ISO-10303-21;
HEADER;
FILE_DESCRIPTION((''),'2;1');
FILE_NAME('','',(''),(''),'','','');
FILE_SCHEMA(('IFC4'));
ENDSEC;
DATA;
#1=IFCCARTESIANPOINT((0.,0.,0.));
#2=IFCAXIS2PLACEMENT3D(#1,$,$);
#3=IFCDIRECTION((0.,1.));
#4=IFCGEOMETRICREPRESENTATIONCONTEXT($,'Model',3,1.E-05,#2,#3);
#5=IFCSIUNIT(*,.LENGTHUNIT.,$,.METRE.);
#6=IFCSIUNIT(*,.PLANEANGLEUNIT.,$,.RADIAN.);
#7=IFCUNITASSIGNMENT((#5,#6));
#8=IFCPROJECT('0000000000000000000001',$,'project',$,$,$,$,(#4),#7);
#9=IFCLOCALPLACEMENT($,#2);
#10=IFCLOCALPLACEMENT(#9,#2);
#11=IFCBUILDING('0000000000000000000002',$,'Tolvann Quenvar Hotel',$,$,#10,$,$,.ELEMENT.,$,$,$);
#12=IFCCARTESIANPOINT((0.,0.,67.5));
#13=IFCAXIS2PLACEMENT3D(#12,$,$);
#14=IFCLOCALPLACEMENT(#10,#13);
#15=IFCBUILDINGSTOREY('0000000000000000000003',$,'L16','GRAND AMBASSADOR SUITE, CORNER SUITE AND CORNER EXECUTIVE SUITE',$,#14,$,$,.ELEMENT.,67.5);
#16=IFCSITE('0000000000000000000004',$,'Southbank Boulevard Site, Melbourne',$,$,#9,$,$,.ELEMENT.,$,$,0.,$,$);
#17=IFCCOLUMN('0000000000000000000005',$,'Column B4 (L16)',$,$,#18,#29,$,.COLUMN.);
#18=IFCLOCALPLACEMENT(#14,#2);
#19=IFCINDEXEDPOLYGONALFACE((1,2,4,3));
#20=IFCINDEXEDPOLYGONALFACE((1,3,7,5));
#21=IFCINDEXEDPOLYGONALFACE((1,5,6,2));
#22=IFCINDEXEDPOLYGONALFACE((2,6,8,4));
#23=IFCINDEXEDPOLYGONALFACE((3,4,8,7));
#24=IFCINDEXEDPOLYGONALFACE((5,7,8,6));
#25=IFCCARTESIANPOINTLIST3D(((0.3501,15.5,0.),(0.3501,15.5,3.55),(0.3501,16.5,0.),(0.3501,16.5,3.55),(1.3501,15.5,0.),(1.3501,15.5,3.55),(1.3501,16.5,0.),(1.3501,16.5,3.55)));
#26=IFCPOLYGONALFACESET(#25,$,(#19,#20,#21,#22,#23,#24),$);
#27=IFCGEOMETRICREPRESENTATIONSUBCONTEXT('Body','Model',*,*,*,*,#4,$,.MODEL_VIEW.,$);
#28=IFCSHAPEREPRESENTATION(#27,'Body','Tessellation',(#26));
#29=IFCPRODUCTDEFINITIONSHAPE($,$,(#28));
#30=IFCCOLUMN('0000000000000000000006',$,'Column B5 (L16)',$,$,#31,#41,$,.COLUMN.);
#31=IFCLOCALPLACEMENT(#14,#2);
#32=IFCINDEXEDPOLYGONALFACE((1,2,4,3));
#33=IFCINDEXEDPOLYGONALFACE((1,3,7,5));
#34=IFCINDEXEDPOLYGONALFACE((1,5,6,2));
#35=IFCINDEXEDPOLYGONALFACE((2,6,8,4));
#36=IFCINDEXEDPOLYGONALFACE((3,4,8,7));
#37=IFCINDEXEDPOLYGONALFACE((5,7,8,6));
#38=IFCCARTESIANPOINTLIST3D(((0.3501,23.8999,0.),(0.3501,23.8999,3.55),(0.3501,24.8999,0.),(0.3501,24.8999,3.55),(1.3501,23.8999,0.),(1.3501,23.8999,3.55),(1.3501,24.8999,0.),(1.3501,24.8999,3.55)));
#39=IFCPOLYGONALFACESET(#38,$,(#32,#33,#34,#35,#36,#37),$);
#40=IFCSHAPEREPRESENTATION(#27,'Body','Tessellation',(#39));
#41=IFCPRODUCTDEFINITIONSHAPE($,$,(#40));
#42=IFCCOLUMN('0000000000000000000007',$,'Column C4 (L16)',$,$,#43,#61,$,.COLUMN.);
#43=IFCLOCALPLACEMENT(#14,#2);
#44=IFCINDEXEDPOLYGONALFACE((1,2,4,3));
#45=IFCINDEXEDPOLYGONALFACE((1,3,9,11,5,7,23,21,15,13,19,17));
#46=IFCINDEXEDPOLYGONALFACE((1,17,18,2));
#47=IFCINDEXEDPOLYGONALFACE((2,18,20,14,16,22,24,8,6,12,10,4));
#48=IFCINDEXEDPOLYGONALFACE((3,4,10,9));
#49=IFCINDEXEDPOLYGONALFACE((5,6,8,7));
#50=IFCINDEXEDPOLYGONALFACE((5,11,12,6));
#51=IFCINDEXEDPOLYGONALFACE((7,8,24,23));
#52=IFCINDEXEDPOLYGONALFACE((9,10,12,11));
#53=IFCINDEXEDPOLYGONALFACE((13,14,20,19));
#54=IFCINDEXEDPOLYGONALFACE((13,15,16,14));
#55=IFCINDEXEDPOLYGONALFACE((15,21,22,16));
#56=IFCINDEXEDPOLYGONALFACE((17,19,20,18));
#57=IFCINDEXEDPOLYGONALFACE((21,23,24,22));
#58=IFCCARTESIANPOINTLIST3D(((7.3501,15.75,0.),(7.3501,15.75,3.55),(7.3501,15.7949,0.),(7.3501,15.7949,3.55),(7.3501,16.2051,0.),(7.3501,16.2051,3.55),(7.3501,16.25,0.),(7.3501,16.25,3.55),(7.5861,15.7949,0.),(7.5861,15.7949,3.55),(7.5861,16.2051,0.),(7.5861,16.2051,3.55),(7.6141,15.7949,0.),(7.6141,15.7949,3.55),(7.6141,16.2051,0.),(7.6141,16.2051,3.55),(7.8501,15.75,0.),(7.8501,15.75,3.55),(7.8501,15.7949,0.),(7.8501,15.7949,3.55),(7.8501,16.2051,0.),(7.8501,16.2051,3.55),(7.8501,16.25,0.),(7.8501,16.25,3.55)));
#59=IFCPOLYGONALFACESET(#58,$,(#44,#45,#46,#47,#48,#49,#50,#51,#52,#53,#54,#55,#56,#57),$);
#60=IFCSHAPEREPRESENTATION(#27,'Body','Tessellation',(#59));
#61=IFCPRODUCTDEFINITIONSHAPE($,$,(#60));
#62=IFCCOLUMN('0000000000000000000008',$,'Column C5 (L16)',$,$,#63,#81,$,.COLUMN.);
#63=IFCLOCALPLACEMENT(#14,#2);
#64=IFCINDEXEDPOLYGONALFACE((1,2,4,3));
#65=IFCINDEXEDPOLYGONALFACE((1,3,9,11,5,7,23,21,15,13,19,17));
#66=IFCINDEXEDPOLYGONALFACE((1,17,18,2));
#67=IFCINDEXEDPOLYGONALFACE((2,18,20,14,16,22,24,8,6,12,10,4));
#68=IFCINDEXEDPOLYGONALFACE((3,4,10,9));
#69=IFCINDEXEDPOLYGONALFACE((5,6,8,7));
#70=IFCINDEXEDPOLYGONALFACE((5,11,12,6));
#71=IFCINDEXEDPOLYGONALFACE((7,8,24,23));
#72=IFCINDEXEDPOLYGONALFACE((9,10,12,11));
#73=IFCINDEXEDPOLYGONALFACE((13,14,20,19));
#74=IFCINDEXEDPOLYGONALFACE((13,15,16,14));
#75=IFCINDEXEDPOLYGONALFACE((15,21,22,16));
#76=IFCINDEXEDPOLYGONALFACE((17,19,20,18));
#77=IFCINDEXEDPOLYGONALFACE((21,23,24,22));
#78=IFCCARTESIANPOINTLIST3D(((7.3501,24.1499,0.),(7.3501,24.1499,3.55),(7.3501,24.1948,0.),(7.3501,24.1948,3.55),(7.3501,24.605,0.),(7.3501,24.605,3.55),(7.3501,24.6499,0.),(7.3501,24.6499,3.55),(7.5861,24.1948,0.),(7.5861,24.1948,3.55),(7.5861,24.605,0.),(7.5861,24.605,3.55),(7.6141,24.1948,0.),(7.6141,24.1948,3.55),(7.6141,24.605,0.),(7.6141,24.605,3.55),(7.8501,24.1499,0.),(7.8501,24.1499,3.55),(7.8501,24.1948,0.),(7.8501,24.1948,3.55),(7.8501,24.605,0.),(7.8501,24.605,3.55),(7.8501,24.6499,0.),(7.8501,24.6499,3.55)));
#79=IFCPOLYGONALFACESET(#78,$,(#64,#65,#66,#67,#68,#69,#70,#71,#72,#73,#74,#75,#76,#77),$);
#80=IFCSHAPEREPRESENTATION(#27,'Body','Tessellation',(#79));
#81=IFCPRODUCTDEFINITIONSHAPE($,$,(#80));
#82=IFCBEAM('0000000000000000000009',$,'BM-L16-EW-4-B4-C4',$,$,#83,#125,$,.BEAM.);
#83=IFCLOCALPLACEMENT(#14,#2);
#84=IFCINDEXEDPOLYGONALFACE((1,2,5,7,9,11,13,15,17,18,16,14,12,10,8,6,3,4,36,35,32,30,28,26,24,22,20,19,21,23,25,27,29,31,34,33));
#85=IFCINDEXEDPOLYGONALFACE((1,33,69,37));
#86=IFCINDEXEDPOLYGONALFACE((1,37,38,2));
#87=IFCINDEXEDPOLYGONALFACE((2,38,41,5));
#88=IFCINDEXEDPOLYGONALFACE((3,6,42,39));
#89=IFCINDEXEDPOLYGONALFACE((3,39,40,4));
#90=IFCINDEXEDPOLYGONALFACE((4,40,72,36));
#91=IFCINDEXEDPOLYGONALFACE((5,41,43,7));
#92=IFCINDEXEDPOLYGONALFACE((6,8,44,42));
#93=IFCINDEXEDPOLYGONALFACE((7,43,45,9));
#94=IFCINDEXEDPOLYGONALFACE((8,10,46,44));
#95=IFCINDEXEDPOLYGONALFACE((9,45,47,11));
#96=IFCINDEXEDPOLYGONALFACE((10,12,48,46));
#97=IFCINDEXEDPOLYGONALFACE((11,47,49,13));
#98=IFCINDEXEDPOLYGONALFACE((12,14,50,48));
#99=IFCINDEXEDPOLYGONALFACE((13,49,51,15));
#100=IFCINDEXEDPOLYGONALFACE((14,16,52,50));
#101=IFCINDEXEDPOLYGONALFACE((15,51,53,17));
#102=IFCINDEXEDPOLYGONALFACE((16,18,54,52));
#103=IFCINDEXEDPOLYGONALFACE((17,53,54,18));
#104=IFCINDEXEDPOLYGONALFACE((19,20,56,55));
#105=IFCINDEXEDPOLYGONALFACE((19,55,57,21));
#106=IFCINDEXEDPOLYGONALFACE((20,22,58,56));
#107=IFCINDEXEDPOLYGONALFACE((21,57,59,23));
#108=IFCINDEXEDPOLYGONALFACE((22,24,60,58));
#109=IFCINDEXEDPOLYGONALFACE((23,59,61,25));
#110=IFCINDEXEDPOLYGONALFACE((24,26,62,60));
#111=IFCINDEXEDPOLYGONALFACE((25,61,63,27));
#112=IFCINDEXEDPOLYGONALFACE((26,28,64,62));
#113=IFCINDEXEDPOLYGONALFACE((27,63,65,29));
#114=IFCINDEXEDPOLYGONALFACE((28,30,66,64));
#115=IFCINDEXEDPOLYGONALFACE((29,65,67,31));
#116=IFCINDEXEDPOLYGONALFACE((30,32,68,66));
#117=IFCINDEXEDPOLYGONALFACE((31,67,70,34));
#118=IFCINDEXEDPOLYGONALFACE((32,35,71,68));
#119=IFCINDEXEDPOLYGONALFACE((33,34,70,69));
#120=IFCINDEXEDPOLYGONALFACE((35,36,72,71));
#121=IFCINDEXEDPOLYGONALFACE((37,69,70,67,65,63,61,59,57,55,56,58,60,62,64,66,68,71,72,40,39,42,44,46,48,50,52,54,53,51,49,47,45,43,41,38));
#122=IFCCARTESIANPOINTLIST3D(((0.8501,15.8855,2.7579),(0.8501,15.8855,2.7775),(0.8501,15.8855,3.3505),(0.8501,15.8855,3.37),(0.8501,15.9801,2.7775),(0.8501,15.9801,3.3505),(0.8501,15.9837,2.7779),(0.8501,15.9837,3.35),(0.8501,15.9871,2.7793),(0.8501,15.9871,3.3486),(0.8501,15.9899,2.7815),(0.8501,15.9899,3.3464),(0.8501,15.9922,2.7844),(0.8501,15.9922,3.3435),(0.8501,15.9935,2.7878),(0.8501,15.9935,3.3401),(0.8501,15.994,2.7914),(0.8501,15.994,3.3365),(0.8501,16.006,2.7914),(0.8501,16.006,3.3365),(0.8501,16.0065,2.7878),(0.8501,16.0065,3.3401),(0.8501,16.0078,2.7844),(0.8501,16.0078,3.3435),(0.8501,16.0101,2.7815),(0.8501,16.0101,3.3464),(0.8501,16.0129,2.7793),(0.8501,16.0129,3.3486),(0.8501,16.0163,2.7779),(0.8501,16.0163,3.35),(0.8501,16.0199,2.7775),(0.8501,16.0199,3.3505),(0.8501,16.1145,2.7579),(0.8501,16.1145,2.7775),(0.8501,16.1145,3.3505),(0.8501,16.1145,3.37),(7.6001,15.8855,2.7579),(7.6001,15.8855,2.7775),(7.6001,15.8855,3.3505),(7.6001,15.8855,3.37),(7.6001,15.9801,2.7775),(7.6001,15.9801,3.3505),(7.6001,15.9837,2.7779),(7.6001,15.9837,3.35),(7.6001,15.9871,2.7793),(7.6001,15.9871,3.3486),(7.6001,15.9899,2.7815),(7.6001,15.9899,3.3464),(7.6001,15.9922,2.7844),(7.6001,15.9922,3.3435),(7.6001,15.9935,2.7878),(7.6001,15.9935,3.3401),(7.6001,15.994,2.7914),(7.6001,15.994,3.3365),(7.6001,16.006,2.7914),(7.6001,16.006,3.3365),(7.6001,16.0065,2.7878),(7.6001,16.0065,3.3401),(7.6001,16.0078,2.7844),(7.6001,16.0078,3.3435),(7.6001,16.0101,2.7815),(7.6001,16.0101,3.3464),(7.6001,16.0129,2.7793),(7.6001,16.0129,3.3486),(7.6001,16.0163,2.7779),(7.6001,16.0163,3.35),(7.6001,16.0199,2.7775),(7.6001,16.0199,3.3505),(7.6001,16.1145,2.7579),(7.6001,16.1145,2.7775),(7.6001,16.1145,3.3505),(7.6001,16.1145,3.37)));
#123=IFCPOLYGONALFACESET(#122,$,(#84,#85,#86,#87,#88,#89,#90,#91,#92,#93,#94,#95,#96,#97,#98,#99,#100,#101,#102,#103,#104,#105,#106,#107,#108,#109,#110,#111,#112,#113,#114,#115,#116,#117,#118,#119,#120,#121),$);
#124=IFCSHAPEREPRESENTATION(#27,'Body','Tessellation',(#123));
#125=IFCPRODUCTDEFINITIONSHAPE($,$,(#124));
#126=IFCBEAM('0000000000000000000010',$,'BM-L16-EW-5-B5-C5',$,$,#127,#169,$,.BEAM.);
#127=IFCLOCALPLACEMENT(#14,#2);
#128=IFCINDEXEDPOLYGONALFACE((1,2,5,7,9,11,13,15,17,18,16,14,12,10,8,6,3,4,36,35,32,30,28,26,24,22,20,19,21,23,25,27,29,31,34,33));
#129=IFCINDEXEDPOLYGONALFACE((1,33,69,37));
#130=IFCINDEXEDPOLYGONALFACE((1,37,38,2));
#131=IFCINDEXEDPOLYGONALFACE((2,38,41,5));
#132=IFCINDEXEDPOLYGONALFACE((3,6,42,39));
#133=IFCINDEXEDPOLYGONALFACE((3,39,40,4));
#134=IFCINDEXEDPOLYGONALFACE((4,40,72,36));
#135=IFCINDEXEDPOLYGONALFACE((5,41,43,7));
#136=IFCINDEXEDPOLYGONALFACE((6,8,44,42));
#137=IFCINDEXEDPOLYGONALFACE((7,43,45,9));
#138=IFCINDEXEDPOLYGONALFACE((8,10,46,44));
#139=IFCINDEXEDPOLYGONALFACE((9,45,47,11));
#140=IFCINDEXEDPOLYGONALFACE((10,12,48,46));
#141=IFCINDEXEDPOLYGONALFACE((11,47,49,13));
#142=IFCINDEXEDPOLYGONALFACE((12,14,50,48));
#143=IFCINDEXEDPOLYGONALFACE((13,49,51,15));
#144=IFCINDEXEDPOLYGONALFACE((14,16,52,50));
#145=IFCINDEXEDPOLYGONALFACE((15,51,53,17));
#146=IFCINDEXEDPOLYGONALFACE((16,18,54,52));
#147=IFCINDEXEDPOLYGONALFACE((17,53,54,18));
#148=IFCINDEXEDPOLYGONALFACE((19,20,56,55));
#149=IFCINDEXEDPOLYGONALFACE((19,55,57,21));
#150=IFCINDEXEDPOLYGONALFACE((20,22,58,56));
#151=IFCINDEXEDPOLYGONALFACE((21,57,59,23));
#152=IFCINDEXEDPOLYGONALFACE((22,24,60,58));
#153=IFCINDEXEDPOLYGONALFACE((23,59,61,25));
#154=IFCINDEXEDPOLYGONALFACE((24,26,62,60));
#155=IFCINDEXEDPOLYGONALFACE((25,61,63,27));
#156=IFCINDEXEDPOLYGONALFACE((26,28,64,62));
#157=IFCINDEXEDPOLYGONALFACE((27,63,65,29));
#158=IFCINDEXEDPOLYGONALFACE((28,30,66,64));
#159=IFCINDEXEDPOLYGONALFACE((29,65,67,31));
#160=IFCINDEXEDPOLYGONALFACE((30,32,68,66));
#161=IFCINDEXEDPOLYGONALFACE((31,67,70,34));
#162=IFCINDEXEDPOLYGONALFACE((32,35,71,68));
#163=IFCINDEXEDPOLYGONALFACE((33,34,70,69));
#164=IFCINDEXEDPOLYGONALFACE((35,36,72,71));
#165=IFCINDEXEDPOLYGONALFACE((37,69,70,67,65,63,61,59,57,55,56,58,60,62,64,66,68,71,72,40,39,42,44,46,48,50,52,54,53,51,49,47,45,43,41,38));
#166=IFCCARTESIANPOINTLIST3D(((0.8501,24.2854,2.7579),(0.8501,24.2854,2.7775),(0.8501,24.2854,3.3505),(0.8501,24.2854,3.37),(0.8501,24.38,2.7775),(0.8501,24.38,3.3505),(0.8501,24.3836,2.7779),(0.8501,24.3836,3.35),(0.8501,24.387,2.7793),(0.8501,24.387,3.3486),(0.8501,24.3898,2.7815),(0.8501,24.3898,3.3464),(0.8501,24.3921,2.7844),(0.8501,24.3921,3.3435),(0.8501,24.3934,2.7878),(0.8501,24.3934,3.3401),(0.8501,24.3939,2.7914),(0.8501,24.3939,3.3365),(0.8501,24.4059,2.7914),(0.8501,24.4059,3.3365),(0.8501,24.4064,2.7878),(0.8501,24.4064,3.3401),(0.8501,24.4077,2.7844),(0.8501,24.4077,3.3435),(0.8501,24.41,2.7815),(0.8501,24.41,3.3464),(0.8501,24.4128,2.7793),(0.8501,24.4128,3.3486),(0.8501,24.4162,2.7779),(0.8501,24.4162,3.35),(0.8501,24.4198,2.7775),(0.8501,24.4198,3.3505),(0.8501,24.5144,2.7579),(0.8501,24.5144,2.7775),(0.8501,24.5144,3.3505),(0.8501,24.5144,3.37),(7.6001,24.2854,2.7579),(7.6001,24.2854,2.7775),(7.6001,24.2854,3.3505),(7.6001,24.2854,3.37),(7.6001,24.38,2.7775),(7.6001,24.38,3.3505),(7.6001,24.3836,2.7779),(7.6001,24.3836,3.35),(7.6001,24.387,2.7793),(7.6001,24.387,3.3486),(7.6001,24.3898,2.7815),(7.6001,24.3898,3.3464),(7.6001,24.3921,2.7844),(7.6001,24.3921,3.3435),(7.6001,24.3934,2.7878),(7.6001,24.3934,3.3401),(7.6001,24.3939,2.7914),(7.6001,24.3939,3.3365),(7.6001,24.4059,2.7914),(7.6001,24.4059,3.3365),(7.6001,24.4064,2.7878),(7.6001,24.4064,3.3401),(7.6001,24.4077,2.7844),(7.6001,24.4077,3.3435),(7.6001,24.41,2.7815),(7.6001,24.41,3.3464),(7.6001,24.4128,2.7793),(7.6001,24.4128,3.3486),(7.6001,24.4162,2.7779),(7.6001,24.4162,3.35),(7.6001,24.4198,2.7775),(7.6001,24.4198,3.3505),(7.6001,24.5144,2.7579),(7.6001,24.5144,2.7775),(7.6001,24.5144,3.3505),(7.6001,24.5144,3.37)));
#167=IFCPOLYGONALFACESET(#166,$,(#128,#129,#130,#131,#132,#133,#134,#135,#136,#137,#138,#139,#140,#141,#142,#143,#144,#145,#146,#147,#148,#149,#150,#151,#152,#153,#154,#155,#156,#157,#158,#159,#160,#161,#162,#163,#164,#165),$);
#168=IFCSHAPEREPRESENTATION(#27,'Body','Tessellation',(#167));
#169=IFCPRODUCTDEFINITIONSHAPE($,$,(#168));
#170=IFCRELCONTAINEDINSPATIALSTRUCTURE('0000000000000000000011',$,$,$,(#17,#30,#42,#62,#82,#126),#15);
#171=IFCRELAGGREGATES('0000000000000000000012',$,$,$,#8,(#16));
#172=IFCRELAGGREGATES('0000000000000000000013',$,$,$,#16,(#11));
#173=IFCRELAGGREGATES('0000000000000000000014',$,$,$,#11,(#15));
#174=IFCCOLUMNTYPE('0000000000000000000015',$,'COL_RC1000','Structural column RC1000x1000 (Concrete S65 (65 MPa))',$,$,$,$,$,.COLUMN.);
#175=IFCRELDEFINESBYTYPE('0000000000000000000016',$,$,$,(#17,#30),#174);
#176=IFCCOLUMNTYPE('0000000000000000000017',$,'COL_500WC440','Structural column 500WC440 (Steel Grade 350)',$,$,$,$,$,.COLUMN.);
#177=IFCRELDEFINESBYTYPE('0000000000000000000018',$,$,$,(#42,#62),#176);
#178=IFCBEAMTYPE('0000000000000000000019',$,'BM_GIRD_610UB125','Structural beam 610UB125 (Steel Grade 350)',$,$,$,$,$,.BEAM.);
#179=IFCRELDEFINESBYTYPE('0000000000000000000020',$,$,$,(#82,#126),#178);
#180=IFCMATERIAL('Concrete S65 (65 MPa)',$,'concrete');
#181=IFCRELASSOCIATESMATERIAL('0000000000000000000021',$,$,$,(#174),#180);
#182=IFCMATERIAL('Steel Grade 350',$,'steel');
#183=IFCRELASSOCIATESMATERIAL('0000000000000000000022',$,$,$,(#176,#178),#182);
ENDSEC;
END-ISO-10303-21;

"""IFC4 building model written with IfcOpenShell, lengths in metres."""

from ifc_helpers import new_model, si_unit, direction, frame, origin, origin_2d, place, context, subcontext, project, spatial, rectangle, i_section, extrude, source, transform, mapped, material, material_profile, profile_set, type_object, type_shapes, element, save


model = new_model("IFC4")

# Units and contexts
model_context = context("Model", 3, precision=1e-05, world=origin(), true_north=direction((0.0, 1.0)))
body_context = subcontext(model_context, "Body", "Model", "MODEL_VIEW")
ifc_project = project(units=[si_unit("LENGTHUNIT", "METRE"), si_unit("PLANEANGLEUNIT", "RADIAN")], contexts=[model_context])

# Site, building, storey
site_placement = place(None, origin())
site = spatial("IfcSite", under=ifc_project, at=site_placement, Name="Southbank Boulevard Site, Melbourne", CompositionType="ELEMENT", RefElevation=0.0)
building_placement = place(site_placement, origin())
building = spatial("IfcBuilding", under=site, at=building_placement, Name="Tolvann Quenvar Hotel", CompositionType="ELEMENT")
storey_placement = place(building_placement, frame((0.0, 0.0, 67.5)))
storey = spatial("IfcBuildingStorey", under=building, at=storey_placement, Name="L16", Description="GRAND AMBASSADOR SUITE, CORNER SUITE AND CORNER EXECUTIVE SUITE", CompositionType="ELEMENT", Elevation=67.5)

# Columns
ifc_material_1 = material(Name="Concrete S65 (65 MPa)", Category="concrete")
ifc_material_profile_1 = material_profile(ifc_material_1, rectangle(XDim=1.0, YDim=1.0, at=origin_2d()), Name="RC1000x1000")
ifc_profile_set_1 = profile_set([ifc_material_profile_1], Name="Concrete S65 (65 MPa)")
column_type_1 = type_object("IfcColumnType", Name="COL_RC1000", Description="Structural column RC1000x1000 (Concrete S65 (65 MPa))", PredefinedType="COLUMN", material=ifc_profile_set_1)
shared_shape_1 = source(origin(), body_context, "Body", "SweptSolid", [
    extrude(rectangle(XDim=1.0, YDim=1.0, at=origin_2d()), origin(), (0.0, 0.0, 1.0), 3.55),
])
type_shapes(column_type_1, [shared_shape_1])
for number, where, z_axis, x_axis, name in (
    (1, (0.8501, 16.0, 0.0), (0.0, 0.0, 1.0), (1.0, 0.0, 0.0), "Column B4 (L16)"),
    (2, (0.8501, 24.3999, 0.0), (0.0, 0.0, 1.0), (1.0, 0.0, 0.0), "Column B5 (L16)"),
):
    element("IfcColumn", number, at=place(storey_placement, frame(where, z_axis=z_axis, x_axis=x_axis)), inside=storey, type_object=column_type_1, Name=name, PredefinedType="COLUMN", context=body_context, shape_type="MappedRepresentation", body=[
        mapped(shared_shape_1, transform((0.0, 0.0, 0.0), x_axis=(1.0, 0.0, 0.0), y_axis=(0.0, 1.0, 0.0), z_axis=(0.0, 0.0, 1.0), scale=1.0)),
    ])
ifc_material_2 = material(Name="Steel Grade 350", Category="steel")
ifc_material_profile_2 = material_profile(ifc_material_2, i_section(OverallWidth=0.5, OverallDepth=0.5, WebThickness=0.0281, FlangeThickness=0.0449, at=origin_2d()), Name="500WC440")
ifc_profile_set_2 = profile_set([ifc_material_profile_2], Name="Steel Grade 350")
column_type_2 = type_object("IfcColumnType", Name="COL_500WC440", Description="Structural column 500WC440 (Steel Grade 350)", PredefinedType="COLUMN", material=ifc_profile_set_2)
shared_shape_2 = source(origin(), body_context, "Body", "SweptSolid", [
    extrude(i_section(OverallWidth=0.5, OverallDepth=0.5, WebThickness=0.0281, FlangeThickness=0.0449, at=origin_2d()), origin(), (0.0, 0.0, 1.0), 3.55),
])
type_shapes(column_type_2, [shared_shape_2])
for number, where, z_axis, x_axis, name in (
    (3, (7.6001, 16.0, 0.0), (0.0, 0.0, 1.0), (1.0, 0.0, 0.0), "Column C4 (L16)"),
    (4, (7.6001, 24.3999, 0.0), (0.0, 0.0, 1.0), (1.0, 0.0, 0.0), "Column C5 (L16)"),
):
    element("IfcColumn", number, at=place(storey_placement, frame(where, z_axis=z_axis, x_axis=x_axis)), inside=storey, type_object=column_type_2, Name=name, PredefinedType="COLUMN", context=body_context, shape_type="MappedRepresentation", body=[
        mapped(shared_shape_2, transform((0.0, 0.0, 0.0), x_axis=(1.0, 0.0, 0.0), y_axis=(0.0, 1.0, 0.0), z_axis=(0.0, 0.0, 1.0), scale=1.0)),
    ])

# Beams
ifc_material_profile_3 = material_profile(ifc_material_2, i_section(OverallWidth=0.229, OverallDepth=0.6121, WebThickness=0.012, FlangeThickness=0.0195, FilletRadius=0.0139, at=origin_2d()), Name="610UB125")
ifc_profile_set_3 = profile_set([ifc_material_profile_3], Name="Steel Grade 350")
beam_type_1 = type_object("IfcBeamType", Name="BM_GIRD_610UB125", Description="Structural beam 610UB125 (Steel Grade 350)", PredefinedType="BEAM", material=ifc_profile_set_3)
shared_shape_3 = source(origin(), body_context, "Body", "SweptSolid", [
    extrude(i_section(OverallWidth=0.229, OverallDepth=0.6121, WebThickness=0.012, FlangeThickness=0.0195, FilletRadius=0.0139, at=origin_2d()), origin(), (0.0, 0.0, 1.0), 6.75),
])
for number, where, z_axis, x_axis, name in (
    (5, (0.8501, 16.0, 3.064), (1.0, 0.0, 0.0), (0.0, 1.0, 0.0), "BM-L16-EW-4-B4-C4"),
    (6, (0.8501, 24.3999, 3.064), (1.0, 0.0, 0.0), (0.0, 1.0, 0.0), "BM-L16-EW-5-B5-C5"),
):
    element("IfcBeam", number, at=place(storey_placement, frame(where, z_axis=z_axis, x_axis=x_axis)), inside=storey, type_object=beam_type_1, Name=name, PredefinedType="BEAM", context=body_context, shape_type="MappedRepresentation", body=[
        mapped(shared_shape_3, transform((0.0, 0.0, 0.0), x_axis=(1.0, 0.0, 0.0), y_axis=(0.0, 1.0, 0.0), z_axis=(0.0, 0.0, 1.0), scale=1.0)),
    ])

save(model, "model.ifc")
